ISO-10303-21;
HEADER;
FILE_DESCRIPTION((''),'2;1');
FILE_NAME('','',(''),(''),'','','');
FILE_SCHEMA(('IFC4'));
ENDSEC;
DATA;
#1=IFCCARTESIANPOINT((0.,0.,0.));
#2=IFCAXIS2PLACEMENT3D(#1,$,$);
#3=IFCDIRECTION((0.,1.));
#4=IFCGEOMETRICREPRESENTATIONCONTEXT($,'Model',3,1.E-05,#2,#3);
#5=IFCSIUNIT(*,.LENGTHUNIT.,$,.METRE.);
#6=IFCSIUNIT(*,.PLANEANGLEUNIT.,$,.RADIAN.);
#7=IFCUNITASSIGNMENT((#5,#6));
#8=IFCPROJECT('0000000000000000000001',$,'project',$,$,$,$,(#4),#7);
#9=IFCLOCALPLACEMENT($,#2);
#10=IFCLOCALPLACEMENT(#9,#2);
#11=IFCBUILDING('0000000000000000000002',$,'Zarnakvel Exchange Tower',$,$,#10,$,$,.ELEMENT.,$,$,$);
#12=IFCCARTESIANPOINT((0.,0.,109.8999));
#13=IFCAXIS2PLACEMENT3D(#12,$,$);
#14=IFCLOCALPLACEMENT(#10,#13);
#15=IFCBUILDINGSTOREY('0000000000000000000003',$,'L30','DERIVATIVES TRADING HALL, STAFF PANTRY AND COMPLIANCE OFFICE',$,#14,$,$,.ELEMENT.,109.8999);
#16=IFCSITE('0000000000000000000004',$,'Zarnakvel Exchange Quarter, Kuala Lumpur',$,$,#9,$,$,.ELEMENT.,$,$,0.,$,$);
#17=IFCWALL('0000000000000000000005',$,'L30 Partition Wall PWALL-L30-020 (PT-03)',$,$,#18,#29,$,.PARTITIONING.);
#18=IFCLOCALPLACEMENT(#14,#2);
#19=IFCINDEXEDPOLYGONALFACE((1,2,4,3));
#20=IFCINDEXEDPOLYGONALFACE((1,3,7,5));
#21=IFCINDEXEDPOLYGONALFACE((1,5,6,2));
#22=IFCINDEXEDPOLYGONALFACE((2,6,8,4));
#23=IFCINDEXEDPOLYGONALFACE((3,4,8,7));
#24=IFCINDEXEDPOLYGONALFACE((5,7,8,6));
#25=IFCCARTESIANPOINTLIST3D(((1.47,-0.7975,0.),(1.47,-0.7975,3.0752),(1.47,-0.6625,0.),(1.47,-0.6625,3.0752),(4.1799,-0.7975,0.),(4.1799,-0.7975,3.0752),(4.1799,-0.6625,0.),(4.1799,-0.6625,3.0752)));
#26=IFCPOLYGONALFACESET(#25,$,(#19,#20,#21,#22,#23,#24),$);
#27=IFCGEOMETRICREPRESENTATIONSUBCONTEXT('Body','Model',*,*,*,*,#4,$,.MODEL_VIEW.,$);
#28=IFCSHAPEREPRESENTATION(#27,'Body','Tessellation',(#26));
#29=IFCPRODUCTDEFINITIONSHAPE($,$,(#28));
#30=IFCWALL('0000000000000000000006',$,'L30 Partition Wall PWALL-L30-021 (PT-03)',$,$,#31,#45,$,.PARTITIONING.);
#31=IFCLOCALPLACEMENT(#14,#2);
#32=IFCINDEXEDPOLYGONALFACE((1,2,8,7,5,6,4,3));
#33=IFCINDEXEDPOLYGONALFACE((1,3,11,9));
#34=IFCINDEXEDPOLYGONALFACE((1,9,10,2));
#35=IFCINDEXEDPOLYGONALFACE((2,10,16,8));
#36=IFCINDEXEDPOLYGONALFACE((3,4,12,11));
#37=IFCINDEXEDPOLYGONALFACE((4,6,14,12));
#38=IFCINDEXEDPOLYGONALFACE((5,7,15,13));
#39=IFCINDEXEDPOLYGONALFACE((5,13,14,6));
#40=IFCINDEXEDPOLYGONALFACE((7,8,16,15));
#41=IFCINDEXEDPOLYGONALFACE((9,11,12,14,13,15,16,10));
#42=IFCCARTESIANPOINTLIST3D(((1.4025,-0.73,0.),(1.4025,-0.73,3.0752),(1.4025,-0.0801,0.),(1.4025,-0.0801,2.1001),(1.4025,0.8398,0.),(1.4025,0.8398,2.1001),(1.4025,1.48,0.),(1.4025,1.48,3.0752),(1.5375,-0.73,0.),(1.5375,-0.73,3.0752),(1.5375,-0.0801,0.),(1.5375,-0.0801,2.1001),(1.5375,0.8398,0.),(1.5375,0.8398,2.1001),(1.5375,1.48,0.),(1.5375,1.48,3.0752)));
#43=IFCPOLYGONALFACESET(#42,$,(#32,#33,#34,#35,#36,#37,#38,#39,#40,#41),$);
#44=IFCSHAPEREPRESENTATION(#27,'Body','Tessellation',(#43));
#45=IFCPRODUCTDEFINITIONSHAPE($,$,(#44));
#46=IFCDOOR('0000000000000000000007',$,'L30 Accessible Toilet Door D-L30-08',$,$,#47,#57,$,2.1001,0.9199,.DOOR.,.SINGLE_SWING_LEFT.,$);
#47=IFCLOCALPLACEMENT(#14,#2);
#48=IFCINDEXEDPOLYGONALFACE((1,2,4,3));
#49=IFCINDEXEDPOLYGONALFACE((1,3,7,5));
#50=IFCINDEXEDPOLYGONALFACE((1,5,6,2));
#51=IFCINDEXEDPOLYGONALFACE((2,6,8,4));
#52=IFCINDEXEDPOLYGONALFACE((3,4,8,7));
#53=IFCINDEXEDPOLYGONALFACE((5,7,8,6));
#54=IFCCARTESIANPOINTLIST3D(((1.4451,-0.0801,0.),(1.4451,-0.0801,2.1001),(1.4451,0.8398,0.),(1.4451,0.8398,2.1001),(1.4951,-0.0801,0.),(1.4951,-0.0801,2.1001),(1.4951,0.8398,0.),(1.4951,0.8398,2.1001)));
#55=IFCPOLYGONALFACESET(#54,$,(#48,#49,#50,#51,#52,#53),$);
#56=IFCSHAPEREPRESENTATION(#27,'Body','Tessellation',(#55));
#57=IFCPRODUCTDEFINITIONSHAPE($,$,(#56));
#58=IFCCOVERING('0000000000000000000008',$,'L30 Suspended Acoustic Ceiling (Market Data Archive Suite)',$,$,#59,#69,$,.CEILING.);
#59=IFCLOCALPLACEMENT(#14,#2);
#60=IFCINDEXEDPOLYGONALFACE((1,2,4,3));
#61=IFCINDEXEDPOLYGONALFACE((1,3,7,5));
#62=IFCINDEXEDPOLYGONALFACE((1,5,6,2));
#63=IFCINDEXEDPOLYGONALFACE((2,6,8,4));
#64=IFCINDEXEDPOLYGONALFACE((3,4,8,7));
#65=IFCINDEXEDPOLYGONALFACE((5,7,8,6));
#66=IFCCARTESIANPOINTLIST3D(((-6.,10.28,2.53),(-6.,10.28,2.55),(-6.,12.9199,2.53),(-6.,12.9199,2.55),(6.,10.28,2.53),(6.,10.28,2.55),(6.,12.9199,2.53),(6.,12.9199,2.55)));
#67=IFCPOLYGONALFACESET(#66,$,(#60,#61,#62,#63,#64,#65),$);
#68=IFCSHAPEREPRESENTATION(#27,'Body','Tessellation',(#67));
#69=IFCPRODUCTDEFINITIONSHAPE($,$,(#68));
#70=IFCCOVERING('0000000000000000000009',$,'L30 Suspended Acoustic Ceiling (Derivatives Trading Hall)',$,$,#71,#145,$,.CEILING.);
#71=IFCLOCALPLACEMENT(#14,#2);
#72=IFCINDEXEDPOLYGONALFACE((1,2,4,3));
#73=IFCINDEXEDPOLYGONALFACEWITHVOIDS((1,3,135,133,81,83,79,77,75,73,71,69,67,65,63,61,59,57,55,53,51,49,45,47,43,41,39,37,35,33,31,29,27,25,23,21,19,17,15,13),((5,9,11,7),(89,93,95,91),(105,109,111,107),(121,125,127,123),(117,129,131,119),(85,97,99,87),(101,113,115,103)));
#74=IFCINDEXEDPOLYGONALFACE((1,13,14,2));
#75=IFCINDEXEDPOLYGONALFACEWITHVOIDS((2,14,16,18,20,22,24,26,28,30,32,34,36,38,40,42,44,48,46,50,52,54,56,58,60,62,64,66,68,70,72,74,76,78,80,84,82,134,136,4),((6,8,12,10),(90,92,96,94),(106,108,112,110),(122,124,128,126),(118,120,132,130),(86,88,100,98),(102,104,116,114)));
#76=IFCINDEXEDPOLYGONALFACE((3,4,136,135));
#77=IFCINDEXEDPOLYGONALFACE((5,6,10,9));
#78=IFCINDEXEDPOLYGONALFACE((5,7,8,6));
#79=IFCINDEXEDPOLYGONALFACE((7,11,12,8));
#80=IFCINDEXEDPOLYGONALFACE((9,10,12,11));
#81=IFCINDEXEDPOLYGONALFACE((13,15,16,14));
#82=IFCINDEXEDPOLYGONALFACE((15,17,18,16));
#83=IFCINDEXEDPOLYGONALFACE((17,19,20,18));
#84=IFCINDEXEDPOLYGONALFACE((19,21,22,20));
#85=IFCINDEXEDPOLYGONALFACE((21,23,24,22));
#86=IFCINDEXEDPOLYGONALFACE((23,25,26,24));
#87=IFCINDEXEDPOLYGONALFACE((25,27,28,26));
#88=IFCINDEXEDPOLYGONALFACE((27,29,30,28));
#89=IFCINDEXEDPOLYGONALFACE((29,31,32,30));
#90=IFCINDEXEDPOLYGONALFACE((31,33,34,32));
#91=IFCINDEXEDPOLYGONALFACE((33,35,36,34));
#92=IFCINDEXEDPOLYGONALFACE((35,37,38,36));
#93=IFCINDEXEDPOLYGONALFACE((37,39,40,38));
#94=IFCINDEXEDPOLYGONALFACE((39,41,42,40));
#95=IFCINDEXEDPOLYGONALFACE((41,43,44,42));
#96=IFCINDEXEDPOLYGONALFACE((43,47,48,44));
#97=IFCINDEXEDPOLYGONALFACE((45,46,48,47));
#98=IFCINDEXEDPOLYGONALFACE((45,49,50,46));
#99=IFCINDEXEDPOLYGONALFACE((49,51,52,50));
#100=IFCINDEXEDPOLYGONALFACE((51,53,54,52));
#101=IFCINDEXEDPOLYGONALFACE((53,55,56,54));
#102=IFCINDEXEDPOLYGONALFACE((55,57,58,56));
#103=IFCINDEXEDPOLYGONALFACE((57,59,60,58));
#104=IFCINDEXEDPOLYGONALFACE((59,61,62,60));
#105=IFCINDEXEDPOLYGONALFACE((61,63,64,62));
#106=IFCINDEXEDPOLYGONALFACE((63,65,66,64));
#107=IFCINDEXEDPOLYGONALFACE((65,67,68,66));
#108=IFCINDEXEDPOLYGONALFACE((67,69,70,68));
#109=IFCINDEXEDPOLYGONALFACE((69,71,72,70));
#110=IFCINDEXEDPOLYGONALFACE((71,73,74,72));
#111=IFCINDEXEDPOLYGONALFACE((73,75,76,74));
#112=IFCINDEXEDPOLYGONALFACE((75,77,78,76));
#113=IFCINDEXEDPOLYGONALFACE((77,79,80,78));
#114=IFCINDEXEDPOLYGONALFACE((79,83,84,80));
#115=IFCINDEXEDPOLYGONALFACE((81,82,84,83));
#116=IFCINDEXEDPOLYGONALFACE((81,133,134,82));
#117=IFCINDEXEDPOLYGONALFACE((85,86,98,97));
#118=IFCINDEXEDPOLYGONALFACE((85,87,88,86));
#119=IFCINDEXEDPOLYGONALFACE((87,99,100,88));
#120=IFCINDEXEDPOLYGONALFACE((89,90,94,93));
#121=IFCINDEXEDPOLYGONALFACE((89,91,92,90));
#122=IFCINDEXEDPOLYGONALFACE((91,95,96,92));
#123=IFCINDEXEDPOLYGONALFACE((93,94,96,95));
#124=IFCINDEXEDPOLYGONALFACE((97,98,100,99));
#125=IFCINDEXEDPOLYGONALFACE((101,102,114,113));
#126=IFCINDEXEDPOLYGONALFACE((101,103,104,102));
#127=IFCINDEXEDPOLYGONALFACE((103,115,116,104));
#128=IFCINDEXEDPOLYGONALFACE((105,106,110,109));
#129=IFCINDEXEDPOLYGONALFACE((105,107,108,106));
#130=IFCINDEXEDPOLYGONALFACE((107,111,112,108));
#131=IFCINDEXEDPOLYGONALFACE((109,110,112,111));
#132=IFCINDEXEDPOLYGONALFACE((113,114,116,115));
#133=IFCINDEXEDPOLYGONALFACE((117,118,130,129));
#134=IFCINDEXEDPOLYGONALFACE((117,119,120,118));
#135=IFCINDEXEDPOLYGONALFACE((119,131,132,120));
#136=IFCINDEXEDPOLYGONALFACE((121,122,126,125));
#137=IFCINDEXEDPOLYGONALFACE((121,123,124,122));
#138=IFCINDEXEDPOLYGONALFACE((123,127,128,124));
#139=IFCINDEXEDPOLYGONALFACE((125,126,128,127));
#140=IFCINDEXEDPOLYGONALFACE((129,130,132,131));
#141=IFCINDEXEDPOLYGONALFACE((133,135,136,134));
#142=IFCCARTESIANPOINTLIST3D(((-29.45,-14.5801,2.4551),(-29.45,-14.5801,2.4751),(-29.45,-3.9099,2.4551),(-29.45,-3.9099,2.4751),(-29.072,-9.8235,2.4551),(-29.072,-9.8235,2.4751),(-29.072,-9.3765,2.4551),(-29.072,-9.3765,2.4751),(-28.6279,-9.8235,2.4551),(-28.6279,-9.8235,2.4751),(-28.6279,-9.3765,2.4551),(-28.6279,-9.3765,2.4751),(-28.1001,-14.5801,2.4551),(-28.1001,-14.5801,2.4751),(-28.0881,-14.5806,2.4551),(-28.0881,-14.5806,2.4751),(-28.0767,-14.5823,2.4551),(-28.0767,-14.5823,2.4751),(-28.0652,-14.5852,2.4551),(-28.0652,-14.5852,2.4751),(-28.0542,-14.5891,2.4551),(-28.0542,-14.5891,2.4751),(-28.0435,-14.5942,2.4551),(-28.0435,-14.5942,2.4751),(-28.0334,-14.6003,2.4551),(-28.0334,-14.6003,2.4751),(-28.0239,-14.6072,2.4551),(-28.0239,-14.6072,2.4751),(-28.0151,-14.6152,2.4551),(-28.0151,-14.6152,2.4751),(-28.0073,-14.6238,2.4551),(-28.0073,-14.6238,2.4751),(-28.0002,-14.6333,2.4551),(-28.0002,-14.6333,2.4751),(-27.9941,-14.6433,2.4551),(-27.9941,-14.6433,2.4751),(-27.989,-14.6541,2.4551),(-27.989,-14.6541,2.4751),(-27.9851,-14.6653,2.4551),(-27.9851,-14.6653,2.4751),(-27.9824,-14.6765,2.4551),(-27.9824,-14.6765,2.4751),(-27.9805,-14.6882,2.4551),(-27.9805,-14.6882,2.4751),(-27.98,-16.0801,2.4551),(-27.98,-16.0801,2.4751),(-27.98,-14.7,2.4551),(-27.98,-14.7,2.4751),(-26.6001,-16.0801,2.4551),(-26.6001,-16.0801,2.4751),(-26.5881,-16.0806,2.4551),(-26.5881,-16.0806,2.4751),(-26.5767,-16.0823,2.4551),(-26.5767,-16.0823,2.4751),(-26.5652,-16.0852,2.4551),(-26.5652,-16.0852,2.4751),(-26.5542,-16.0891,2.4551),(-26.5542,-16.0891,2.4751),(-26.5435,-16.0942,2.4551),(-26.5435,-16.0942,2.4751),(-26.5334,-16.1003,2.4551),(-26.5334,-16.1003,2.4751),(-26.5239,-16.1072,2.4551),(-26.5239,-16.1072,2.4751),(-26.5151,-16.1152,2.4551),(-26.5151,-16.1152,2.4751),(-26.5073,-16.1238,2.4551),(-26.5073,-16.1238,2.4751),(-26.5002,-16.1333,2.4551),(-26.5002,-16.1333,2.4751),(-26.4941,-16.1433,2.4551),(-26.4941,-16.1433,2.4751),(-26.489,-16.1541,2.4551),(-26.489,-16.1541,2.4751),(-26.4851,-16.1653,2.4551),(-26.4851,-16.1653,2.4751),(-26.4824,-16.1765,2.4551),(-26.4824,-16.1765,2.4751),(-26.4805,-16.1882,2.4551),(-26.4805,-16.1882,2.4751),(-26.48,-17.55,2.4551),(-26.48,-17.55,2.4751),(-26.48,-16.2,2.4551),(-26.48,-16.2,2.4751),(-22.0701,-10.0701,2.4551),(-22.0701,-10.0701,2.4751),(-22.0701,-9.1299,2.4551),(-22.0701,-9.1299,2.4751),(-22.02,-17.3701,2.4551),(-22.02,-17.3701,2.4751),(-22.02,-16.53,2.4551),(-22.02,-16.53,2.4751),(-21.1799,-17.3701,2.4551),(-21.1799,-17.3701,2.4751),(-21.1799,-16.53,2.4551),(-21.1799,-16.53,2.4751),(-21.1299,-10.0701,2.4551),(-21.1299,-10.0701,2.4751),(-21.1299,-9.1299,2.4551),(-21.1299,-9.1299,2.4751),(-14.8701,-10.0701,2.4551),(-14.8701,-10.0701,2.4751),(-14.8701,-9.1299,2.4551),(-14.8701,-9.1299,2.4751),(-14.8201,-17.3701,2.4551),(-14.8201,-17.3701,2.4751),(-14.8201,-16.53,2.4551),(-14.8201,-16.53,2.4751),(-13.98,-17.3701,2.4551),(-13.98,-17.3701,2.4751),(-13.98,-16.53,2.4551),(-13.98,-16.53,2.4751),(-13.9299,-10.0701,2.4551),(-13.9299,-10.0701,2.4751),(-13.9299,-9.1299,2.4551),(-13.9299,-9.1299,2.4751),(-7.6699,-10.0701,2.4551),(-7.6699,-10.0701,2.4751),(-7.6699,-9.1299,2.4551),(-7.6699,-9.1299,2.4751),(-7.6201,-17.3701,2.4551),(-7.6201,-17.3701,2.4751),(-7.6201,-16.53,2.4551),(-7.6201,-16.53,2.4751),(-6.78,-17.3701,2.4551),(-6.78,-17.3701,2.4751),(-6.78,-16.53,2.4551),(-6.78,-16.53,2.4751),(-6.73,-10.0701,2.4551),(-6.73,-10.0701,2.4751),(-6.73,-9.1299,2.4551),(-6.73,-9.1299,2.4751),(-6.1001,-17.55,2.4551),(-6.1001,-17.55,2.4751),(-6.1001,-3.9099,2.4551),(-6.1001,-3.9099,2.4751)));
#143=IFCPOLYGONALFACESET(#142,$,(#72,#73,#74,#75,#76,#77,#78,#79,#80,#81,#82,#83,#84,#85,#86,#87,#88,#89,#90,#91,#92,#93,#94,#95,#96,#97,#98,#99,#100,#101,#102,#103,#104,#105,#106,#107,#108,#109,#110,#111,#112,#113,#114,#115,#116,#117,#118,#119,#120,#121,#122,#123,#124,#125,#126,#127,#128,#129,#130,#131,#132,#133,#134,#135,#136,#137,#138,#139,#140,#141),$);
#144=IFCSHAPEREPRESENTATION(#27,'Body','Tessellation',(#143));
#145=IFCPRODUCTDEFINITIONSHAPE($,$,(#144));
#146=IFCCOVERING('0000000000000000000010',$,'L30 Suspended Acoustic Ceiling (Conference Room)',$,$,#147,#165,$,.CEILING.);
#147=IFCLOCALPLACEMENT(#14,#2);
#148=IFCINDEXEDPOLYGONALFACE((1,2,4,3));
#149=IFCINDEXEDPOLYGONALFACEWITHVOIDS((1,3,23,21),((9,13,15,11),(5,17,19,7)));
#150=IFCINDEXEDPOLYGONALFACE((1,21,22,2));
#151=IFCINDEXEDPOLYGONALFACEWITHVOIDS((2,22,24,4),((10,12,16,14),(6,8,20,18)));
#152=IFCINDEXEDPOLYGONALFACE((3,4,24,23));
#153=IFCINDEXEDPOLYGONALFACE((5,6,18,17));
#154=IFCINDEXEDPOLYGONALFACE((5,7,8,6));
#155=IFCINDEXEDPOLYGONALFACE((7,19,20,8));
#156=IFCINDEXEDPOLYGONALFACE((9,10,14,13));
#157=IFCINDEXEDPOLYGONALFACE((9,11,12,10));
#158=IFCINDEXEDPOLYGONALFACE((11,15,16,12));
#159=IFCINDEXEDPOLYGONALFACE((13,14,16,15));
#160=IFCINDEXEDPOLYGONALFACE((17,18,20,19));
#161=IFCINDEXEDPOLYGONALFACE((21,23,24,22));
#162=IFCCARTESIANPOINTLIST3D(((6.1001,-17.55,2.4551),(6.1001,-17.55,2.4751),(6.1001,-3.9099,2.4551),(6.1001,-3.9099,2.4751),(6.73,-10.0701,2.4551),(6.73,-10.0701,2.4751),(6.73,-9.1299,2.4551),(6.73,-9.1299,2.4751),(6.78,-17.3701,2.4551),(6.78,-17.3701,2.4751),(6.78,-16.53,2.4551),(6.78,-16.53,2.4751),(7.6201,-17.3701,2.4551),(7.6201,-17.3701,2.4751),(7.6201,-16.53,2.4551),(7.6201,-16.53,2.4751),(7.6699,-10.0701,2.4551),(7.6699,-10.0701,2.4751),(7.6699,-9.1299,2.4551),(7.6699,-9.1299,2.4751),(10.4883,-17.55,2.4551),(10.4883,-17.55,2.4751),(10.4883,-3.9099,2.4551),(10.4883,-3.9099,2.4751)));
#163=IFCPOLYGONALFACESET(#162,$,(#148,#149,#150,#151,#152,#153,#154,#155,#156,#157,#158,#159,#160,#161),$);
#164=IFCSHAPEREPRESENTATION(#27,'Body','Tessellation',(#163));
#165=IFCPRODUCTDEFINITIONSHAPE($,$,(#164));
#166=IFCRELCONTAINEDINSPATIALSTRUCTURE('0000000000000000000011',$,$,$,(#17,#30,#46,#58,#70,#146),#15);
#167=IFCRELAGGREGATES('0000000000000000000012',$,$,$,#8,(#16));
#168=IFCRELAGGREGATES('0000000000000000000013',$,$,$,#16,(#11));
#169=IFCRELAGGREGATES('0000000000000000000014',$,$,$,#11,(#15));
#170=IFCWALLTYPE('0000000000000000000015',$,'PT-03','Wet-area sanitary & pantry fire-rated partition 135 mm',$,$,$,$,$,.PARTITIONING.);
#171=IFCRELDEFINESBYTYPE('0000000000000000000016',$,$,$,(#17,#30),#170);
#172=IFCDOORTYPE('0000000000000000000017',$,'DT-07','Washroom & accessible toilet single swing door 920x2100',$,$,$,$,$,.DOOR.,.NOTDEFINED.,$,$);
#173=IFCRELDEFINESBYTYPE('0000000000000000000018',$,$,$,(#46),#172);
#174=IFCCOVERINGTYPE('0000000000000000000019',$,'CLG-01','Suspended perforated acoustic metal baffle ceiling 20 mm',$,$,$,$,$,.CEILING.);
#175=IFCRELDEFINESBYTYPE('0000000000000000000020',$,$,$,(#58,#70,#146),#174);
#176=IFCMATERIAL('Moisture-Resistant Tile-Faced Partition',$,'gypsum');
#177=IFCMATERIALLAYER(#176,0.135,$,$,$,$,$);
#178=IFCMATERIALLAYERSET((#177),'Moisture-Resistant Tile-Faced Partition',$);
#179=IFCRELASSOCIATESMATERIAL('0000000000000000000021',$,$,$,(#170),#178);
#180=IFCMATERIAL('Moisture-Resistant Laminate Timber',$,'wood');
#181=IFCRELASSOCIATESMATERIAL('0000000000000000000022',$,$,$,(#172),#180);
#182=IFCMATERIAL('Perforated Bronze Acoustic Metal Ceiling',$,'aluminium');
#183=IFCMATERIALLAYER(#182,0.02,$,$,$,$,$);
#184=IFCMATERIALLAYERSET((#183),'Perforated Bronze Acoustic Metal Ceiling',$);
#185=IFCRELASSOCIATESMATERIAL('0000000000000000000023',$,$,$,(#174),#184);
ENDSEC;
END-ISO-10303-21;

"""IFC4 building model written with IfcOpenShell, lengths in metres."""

from ifc_helpers import new_model, si_unit, direction, frame, frame_2d, origin, place, context, subcontext, project, spatial, polyline, rectangle, outline, extrude, source, transform, mapped, material, layer, layer_set, type_object, element, fill, save


model = new_model("IFC4")

# Units and contexts
model_context = context("Model", 3, precision=1e-05, world=origin(), true_north=direction((0.0, 1.0)))
body_context = subcontext(model_context, "Body", "Model", "MODEL_VIEW")
ifc_project = project(units=[si_unit("LENGTHUNIT", "METRE"), si_unit("PLANEANGLEUNIT", "RADIAN")], contexts=[model_context])

# Site, building, storey
site_placement = place(None, origin())
site = spatial("IfcSite", under=ifc_project, at=site_placement, Name="Zarnakvel Exchange Quarter, Kuala Lumpur", CompositionType="ELEMENT", RefElevation=0.0)
building_placement = place(site_placement, origin())
building = spatial("IfcBuilding", under=site, at=building_placement, Name="Zarnakvel Exchange Tower", CompositionType="ELEMENT")
storey_placement = place(building_placement, frame((0.0, 0.0, 109.8999)))
storey = spatial("IfcBuildingStorey", under=building, at=storey_placement, Name="L30", Description="DERIVATIVES TRADING HALL, STAFF PANTRY AND COMPLIANCE OFFICE", CompositionType="ELEMENT", Elevation=109.8999)

# Wall
ifc_material_1 = material(Name="Moisture-Resistant Tile-Faced Partition", Category="gypsum")
ifc_layer_1 = layer(ifc_material_1, 0.135)
ifc_layer_set_1 = layer_set([ifc_layer_1], Name="Moisture-Resistant Tile-Faced Partition")
wall_type_1 = type_object("IfcWallType", Name="PT-03", Description="Wet-area sanitary & pantry fire-rated partition 135 mm", PredefinedType="PARTITIONING", material=ifc_layer_set_1)
wall_1_placement = place(storey_placement, frame((4.1799, -0.73, 0.0), z_axis=(0.0, 0.0, 1.0), x_axis=(-1.0, 0.0, 0.0)))
element("IfcWall", 1, at=wall_1_placement, inside=storey, type_object=wall_type_1, Name="L30 Partition Wall PWALL-L30-020 (PT-03)", PredefinedType="PARTITIONING", context=body_context, shape_type="SweptSolid", body=[
    extrude(rectangle(XDim=2.71, YDim=0.135, at=frame_2d((1.355, 0.0))), origin(), (0.0, 0.0, 1.0), 3.0752),
])

# Wall, opening, door
wall_2_placement = place(storey_placement, frame((1.47, -0.73, 0.0), z_axis=(0.0, 0.0, 1.0), x_axis=(0.0, 1.0, 0.0)))
wall_2 = element("IfcWall", 2, at=wall_2_placement, inside=storey, type_object=wall_type_1, Name="L30 Partition Wall PWALL-L30-021 (PT-03)", PredefinedType="PARTITIONING", context=body_context, shape_type="SweptSolid", body=[
    extrude(rectangle(XDim=2.21, YDim=0.135, at=frame_2d((1.105, 0.0))), origin(), (0.0, 0.0, 1.0), 3.0752),
])
opening_1_placement = place(wall_2_placement, frame((0.6499, 0.0, 0.0)))
opening_1 = element("IfcOpeningElement", 3, at=opening_1_placement, cuts=wall_2, PredefinedType="OPENING", context=body_context, shape_type="SweptSolid", body=[
    extrude(rectangle(XDim=0.9199, YDim=2.1001, at=frame_2d((0.46, 1.05))), frame((0.0, 0.0774, 0.0), z_axis=(0.0, -1.0, 0.0), x_axis=(1.0, 0.0, 0.0)), (0.0, 0.0, 1.0), 0.155),
])
ifc_material_2 = material(Name="Moisture-Resistant Laminate Timber", Category="wood")
door_type_1 = type_object("IfcDoorType", Name="DT-07", Description="Washroom & accessible toilet single swing door 920x2100", OperationType="NOTDEFINED", PredefinedType="DOOR", material=ifc_material_2)
shared_shape_1 = source(origin(), body_context, "Body", "SweptSolid", [
    extrude(rectangle(XDim=0.9199, YDim=2.1001, at=frame_2d((0.46, 1.05))), frame((0.0, 0.0249, 0.0), z_axis=(0.0, -1.0, 0.0), x_axis=(1.0, 0.0, 0.0)), (0.0, 0.0, 1.0), 0.05),
])
door_1_placement = place(opening_1_placement, origin())
door_1 = element("IfcDoor", 4, at=door_1_placement, inside=storey, type_object=door_type_1, Name="L30 Accessible Toilet Door D-L30-08", OperationType="SINGLE_SWING_LEFT", OverallHeight=2.1001, OverallWidth=0.9199, PredefinedType="DOOR", context=body_context, shape_type="MappedRepresentation", body=[
    mapped(shared_shape_1, transform((0.0, 0.0, 0.0), x_axis=(1.0, 0.0, 0.0), y_axis=(0.0, 1.0, 0.0), z_axis=(0.0, 0.0, 1.0), scale=1.0)),
])
fill(opening_1, door_1)

# Coverings
ifc_material_3 = material(Name="Perforated Bronze Acoustic Metal Ceiling", Category="aluminium")
ifc_layer_2 = layer(ifc_material_3, 0.02)
ifc_layer_set_2 = layer_set([ifc_layer_2], Name="Perforated Bronze Acoustic Metal Ceiling")
covering_type_1 = type_object("IfcCoveringType", Name="CLG-01", Description="Suspended perforated acoustic metal baffle ceiling 20 mm", PredefinedType="CEILING", material=ifc_layer_set_2)
covering_1_placement = place(storey_placement, frame((0.0, 0.0, 2.53)))
element("IfcCovering", 5, at=covering_1_placement, inside=storey, type_object=covering_type_1, Name="L30 Suspended Acoustic Ceiling (Market Data Archive Suite)", PredefinedType="CEILING", context=body_context, shape_type="SweptSolid", body=[
    extrude(outline(polyline([(-6.0, 12.9199), (6.0, 12.9199), (6.0, 10.28), (-6.0, 10.28), (-6.0, 12.9199)])), origin(), (0.0, 0.0, 1.0), 0.02),
])
covering_2_placement = place(storey_placement, frame((0.0, 0.0, 2.4551)))
element("IfcCovering", 6, at=covering_2_placement, inside=storey, type_object=covering_type_1, Name="L30 Suspended Acoustic Ceiling (Derivatives Trading Hall)", PredefinedType="CEILING", context=body_context, shape_type="SweptSolid", body=[
    extrude(outline(polyline([(-6.1001, -3.9099), (-6.1001, -17.55), (-26.48, -17.55), (-26.48, -16.2), (-26.4805, -16.1882), (-26.4824, -16.1765), (-26.4851, -16.1653), (-26.489, -16.1541), (-26.4941, -16.1433), (-26.5002, -16.1333), (-26.5073, -16.1238), (-26.5151, -16.1152), (-26.5239, -16.1072), (-26.5334, -16.1003), (-26.5435, -16.0942), (-26.5542, -16.0891), (-26.5652, -16.0852), (-26.5767, -16.0823), (-26.5881, -16.0806), (-26.6001, -16.0801), (-27.98, -16.0801), (-27.98, -14.7), (-27.9805, -14.6882), (-27.9824, -14.6765), (-27.9851, -14.6653), (-27.989, -14.6541), (-27.9941, -14.6433), (-28.0002, -14.6333), (-28.0073, -14.6238), (-28.0151, -14.6152), (-28.0239, -14.6072), (-28.0334, -14.6003), (-28.0435, -14.5942), (-28.0542, -14.5891), (-28.0652, -14.5852), (-28.0767, -14.5823), (-28.0881, -14.5806), (-28.1001, -14.5801), (-29.45, -14.5801), (-29.45, -3.9099), (-6.1001, -3.9099)]), holes=[polyline([(-7.6699, -10.0701), (-6.73, -10.0701), (-6.73, -9.1299), (-7.6699, -9.1299), (-7.6699, -10.0701)]), polyline([(-6.78, -17.3701), (-6.78, -16.53), (-7.6201, -16.53), (-7.6201, -17.3701), (-6.78, -17.3701)]), polyline([(-13.9299, -10.0701), (-13.9299, -9.1299), (-14.8701, -9.1299), (-14.8701, -10.0701), (-13.9299, -10.0701)]), polyline([(-13.98, -17.3701), (-13.98, -16.53), (-14.8201, -16.53), (-14.8201, -17.3701), (-13.98, -17.3701)]), polyline([(-21.1299, -10.0701), (-21.1299, -9.1299), (-22.0701, -9.1299), (-22.0701, -10.0701), (-21.1299, -10.0701)]), polyline([(-21.1799, -17.3701), (-21.1799, -16.53), (-22.02, -16.53), (-22.02, -17.3701), (-21.1799, -17.3701)]), polyline([(-29.072, -9.8235), (-28.6279, -9.8235), (-28.6279, -9.3765), (-29.072, -9.3765), (-29.072, -9.8235)])]), origin(), (0.0, 0.0, 1.0), 0.02),
])
covering_3_placement = place(storey_placement, frame((0.0, 0.0, 2.4551)))
element("IfcCovering", 7, at=covering_3_placement, inside=storey, type_object=covering_type_1, Name="L30 Suspended Acoustic Ceiling (Conference Room)", PredefinedType="CEILING", context=body_context, shape_type="SweptSolid", body=[
    extrude(outline(polyline([(6.1001, -3.9099), (10.4883, -3.9099), (10.4883, -17.55), (6.1001, -17.55), (6.1001, -3.9099)]), holes=[polyline([(6.73, -10.0701), (7.6699, -10.0701), (7.6699, -9.1299), (6.73, -9.1299), (6.73, -10.0701)]), polyline([(7.6201, -17.3701), (7.6201, -16.53), (6.78, -16.53), (6.78, -17.3701), (7.6201, -17.3701)])]), origin(), (0.0, 0.0, 1.0), 0.02),
])

save(model, "model.ifc")
